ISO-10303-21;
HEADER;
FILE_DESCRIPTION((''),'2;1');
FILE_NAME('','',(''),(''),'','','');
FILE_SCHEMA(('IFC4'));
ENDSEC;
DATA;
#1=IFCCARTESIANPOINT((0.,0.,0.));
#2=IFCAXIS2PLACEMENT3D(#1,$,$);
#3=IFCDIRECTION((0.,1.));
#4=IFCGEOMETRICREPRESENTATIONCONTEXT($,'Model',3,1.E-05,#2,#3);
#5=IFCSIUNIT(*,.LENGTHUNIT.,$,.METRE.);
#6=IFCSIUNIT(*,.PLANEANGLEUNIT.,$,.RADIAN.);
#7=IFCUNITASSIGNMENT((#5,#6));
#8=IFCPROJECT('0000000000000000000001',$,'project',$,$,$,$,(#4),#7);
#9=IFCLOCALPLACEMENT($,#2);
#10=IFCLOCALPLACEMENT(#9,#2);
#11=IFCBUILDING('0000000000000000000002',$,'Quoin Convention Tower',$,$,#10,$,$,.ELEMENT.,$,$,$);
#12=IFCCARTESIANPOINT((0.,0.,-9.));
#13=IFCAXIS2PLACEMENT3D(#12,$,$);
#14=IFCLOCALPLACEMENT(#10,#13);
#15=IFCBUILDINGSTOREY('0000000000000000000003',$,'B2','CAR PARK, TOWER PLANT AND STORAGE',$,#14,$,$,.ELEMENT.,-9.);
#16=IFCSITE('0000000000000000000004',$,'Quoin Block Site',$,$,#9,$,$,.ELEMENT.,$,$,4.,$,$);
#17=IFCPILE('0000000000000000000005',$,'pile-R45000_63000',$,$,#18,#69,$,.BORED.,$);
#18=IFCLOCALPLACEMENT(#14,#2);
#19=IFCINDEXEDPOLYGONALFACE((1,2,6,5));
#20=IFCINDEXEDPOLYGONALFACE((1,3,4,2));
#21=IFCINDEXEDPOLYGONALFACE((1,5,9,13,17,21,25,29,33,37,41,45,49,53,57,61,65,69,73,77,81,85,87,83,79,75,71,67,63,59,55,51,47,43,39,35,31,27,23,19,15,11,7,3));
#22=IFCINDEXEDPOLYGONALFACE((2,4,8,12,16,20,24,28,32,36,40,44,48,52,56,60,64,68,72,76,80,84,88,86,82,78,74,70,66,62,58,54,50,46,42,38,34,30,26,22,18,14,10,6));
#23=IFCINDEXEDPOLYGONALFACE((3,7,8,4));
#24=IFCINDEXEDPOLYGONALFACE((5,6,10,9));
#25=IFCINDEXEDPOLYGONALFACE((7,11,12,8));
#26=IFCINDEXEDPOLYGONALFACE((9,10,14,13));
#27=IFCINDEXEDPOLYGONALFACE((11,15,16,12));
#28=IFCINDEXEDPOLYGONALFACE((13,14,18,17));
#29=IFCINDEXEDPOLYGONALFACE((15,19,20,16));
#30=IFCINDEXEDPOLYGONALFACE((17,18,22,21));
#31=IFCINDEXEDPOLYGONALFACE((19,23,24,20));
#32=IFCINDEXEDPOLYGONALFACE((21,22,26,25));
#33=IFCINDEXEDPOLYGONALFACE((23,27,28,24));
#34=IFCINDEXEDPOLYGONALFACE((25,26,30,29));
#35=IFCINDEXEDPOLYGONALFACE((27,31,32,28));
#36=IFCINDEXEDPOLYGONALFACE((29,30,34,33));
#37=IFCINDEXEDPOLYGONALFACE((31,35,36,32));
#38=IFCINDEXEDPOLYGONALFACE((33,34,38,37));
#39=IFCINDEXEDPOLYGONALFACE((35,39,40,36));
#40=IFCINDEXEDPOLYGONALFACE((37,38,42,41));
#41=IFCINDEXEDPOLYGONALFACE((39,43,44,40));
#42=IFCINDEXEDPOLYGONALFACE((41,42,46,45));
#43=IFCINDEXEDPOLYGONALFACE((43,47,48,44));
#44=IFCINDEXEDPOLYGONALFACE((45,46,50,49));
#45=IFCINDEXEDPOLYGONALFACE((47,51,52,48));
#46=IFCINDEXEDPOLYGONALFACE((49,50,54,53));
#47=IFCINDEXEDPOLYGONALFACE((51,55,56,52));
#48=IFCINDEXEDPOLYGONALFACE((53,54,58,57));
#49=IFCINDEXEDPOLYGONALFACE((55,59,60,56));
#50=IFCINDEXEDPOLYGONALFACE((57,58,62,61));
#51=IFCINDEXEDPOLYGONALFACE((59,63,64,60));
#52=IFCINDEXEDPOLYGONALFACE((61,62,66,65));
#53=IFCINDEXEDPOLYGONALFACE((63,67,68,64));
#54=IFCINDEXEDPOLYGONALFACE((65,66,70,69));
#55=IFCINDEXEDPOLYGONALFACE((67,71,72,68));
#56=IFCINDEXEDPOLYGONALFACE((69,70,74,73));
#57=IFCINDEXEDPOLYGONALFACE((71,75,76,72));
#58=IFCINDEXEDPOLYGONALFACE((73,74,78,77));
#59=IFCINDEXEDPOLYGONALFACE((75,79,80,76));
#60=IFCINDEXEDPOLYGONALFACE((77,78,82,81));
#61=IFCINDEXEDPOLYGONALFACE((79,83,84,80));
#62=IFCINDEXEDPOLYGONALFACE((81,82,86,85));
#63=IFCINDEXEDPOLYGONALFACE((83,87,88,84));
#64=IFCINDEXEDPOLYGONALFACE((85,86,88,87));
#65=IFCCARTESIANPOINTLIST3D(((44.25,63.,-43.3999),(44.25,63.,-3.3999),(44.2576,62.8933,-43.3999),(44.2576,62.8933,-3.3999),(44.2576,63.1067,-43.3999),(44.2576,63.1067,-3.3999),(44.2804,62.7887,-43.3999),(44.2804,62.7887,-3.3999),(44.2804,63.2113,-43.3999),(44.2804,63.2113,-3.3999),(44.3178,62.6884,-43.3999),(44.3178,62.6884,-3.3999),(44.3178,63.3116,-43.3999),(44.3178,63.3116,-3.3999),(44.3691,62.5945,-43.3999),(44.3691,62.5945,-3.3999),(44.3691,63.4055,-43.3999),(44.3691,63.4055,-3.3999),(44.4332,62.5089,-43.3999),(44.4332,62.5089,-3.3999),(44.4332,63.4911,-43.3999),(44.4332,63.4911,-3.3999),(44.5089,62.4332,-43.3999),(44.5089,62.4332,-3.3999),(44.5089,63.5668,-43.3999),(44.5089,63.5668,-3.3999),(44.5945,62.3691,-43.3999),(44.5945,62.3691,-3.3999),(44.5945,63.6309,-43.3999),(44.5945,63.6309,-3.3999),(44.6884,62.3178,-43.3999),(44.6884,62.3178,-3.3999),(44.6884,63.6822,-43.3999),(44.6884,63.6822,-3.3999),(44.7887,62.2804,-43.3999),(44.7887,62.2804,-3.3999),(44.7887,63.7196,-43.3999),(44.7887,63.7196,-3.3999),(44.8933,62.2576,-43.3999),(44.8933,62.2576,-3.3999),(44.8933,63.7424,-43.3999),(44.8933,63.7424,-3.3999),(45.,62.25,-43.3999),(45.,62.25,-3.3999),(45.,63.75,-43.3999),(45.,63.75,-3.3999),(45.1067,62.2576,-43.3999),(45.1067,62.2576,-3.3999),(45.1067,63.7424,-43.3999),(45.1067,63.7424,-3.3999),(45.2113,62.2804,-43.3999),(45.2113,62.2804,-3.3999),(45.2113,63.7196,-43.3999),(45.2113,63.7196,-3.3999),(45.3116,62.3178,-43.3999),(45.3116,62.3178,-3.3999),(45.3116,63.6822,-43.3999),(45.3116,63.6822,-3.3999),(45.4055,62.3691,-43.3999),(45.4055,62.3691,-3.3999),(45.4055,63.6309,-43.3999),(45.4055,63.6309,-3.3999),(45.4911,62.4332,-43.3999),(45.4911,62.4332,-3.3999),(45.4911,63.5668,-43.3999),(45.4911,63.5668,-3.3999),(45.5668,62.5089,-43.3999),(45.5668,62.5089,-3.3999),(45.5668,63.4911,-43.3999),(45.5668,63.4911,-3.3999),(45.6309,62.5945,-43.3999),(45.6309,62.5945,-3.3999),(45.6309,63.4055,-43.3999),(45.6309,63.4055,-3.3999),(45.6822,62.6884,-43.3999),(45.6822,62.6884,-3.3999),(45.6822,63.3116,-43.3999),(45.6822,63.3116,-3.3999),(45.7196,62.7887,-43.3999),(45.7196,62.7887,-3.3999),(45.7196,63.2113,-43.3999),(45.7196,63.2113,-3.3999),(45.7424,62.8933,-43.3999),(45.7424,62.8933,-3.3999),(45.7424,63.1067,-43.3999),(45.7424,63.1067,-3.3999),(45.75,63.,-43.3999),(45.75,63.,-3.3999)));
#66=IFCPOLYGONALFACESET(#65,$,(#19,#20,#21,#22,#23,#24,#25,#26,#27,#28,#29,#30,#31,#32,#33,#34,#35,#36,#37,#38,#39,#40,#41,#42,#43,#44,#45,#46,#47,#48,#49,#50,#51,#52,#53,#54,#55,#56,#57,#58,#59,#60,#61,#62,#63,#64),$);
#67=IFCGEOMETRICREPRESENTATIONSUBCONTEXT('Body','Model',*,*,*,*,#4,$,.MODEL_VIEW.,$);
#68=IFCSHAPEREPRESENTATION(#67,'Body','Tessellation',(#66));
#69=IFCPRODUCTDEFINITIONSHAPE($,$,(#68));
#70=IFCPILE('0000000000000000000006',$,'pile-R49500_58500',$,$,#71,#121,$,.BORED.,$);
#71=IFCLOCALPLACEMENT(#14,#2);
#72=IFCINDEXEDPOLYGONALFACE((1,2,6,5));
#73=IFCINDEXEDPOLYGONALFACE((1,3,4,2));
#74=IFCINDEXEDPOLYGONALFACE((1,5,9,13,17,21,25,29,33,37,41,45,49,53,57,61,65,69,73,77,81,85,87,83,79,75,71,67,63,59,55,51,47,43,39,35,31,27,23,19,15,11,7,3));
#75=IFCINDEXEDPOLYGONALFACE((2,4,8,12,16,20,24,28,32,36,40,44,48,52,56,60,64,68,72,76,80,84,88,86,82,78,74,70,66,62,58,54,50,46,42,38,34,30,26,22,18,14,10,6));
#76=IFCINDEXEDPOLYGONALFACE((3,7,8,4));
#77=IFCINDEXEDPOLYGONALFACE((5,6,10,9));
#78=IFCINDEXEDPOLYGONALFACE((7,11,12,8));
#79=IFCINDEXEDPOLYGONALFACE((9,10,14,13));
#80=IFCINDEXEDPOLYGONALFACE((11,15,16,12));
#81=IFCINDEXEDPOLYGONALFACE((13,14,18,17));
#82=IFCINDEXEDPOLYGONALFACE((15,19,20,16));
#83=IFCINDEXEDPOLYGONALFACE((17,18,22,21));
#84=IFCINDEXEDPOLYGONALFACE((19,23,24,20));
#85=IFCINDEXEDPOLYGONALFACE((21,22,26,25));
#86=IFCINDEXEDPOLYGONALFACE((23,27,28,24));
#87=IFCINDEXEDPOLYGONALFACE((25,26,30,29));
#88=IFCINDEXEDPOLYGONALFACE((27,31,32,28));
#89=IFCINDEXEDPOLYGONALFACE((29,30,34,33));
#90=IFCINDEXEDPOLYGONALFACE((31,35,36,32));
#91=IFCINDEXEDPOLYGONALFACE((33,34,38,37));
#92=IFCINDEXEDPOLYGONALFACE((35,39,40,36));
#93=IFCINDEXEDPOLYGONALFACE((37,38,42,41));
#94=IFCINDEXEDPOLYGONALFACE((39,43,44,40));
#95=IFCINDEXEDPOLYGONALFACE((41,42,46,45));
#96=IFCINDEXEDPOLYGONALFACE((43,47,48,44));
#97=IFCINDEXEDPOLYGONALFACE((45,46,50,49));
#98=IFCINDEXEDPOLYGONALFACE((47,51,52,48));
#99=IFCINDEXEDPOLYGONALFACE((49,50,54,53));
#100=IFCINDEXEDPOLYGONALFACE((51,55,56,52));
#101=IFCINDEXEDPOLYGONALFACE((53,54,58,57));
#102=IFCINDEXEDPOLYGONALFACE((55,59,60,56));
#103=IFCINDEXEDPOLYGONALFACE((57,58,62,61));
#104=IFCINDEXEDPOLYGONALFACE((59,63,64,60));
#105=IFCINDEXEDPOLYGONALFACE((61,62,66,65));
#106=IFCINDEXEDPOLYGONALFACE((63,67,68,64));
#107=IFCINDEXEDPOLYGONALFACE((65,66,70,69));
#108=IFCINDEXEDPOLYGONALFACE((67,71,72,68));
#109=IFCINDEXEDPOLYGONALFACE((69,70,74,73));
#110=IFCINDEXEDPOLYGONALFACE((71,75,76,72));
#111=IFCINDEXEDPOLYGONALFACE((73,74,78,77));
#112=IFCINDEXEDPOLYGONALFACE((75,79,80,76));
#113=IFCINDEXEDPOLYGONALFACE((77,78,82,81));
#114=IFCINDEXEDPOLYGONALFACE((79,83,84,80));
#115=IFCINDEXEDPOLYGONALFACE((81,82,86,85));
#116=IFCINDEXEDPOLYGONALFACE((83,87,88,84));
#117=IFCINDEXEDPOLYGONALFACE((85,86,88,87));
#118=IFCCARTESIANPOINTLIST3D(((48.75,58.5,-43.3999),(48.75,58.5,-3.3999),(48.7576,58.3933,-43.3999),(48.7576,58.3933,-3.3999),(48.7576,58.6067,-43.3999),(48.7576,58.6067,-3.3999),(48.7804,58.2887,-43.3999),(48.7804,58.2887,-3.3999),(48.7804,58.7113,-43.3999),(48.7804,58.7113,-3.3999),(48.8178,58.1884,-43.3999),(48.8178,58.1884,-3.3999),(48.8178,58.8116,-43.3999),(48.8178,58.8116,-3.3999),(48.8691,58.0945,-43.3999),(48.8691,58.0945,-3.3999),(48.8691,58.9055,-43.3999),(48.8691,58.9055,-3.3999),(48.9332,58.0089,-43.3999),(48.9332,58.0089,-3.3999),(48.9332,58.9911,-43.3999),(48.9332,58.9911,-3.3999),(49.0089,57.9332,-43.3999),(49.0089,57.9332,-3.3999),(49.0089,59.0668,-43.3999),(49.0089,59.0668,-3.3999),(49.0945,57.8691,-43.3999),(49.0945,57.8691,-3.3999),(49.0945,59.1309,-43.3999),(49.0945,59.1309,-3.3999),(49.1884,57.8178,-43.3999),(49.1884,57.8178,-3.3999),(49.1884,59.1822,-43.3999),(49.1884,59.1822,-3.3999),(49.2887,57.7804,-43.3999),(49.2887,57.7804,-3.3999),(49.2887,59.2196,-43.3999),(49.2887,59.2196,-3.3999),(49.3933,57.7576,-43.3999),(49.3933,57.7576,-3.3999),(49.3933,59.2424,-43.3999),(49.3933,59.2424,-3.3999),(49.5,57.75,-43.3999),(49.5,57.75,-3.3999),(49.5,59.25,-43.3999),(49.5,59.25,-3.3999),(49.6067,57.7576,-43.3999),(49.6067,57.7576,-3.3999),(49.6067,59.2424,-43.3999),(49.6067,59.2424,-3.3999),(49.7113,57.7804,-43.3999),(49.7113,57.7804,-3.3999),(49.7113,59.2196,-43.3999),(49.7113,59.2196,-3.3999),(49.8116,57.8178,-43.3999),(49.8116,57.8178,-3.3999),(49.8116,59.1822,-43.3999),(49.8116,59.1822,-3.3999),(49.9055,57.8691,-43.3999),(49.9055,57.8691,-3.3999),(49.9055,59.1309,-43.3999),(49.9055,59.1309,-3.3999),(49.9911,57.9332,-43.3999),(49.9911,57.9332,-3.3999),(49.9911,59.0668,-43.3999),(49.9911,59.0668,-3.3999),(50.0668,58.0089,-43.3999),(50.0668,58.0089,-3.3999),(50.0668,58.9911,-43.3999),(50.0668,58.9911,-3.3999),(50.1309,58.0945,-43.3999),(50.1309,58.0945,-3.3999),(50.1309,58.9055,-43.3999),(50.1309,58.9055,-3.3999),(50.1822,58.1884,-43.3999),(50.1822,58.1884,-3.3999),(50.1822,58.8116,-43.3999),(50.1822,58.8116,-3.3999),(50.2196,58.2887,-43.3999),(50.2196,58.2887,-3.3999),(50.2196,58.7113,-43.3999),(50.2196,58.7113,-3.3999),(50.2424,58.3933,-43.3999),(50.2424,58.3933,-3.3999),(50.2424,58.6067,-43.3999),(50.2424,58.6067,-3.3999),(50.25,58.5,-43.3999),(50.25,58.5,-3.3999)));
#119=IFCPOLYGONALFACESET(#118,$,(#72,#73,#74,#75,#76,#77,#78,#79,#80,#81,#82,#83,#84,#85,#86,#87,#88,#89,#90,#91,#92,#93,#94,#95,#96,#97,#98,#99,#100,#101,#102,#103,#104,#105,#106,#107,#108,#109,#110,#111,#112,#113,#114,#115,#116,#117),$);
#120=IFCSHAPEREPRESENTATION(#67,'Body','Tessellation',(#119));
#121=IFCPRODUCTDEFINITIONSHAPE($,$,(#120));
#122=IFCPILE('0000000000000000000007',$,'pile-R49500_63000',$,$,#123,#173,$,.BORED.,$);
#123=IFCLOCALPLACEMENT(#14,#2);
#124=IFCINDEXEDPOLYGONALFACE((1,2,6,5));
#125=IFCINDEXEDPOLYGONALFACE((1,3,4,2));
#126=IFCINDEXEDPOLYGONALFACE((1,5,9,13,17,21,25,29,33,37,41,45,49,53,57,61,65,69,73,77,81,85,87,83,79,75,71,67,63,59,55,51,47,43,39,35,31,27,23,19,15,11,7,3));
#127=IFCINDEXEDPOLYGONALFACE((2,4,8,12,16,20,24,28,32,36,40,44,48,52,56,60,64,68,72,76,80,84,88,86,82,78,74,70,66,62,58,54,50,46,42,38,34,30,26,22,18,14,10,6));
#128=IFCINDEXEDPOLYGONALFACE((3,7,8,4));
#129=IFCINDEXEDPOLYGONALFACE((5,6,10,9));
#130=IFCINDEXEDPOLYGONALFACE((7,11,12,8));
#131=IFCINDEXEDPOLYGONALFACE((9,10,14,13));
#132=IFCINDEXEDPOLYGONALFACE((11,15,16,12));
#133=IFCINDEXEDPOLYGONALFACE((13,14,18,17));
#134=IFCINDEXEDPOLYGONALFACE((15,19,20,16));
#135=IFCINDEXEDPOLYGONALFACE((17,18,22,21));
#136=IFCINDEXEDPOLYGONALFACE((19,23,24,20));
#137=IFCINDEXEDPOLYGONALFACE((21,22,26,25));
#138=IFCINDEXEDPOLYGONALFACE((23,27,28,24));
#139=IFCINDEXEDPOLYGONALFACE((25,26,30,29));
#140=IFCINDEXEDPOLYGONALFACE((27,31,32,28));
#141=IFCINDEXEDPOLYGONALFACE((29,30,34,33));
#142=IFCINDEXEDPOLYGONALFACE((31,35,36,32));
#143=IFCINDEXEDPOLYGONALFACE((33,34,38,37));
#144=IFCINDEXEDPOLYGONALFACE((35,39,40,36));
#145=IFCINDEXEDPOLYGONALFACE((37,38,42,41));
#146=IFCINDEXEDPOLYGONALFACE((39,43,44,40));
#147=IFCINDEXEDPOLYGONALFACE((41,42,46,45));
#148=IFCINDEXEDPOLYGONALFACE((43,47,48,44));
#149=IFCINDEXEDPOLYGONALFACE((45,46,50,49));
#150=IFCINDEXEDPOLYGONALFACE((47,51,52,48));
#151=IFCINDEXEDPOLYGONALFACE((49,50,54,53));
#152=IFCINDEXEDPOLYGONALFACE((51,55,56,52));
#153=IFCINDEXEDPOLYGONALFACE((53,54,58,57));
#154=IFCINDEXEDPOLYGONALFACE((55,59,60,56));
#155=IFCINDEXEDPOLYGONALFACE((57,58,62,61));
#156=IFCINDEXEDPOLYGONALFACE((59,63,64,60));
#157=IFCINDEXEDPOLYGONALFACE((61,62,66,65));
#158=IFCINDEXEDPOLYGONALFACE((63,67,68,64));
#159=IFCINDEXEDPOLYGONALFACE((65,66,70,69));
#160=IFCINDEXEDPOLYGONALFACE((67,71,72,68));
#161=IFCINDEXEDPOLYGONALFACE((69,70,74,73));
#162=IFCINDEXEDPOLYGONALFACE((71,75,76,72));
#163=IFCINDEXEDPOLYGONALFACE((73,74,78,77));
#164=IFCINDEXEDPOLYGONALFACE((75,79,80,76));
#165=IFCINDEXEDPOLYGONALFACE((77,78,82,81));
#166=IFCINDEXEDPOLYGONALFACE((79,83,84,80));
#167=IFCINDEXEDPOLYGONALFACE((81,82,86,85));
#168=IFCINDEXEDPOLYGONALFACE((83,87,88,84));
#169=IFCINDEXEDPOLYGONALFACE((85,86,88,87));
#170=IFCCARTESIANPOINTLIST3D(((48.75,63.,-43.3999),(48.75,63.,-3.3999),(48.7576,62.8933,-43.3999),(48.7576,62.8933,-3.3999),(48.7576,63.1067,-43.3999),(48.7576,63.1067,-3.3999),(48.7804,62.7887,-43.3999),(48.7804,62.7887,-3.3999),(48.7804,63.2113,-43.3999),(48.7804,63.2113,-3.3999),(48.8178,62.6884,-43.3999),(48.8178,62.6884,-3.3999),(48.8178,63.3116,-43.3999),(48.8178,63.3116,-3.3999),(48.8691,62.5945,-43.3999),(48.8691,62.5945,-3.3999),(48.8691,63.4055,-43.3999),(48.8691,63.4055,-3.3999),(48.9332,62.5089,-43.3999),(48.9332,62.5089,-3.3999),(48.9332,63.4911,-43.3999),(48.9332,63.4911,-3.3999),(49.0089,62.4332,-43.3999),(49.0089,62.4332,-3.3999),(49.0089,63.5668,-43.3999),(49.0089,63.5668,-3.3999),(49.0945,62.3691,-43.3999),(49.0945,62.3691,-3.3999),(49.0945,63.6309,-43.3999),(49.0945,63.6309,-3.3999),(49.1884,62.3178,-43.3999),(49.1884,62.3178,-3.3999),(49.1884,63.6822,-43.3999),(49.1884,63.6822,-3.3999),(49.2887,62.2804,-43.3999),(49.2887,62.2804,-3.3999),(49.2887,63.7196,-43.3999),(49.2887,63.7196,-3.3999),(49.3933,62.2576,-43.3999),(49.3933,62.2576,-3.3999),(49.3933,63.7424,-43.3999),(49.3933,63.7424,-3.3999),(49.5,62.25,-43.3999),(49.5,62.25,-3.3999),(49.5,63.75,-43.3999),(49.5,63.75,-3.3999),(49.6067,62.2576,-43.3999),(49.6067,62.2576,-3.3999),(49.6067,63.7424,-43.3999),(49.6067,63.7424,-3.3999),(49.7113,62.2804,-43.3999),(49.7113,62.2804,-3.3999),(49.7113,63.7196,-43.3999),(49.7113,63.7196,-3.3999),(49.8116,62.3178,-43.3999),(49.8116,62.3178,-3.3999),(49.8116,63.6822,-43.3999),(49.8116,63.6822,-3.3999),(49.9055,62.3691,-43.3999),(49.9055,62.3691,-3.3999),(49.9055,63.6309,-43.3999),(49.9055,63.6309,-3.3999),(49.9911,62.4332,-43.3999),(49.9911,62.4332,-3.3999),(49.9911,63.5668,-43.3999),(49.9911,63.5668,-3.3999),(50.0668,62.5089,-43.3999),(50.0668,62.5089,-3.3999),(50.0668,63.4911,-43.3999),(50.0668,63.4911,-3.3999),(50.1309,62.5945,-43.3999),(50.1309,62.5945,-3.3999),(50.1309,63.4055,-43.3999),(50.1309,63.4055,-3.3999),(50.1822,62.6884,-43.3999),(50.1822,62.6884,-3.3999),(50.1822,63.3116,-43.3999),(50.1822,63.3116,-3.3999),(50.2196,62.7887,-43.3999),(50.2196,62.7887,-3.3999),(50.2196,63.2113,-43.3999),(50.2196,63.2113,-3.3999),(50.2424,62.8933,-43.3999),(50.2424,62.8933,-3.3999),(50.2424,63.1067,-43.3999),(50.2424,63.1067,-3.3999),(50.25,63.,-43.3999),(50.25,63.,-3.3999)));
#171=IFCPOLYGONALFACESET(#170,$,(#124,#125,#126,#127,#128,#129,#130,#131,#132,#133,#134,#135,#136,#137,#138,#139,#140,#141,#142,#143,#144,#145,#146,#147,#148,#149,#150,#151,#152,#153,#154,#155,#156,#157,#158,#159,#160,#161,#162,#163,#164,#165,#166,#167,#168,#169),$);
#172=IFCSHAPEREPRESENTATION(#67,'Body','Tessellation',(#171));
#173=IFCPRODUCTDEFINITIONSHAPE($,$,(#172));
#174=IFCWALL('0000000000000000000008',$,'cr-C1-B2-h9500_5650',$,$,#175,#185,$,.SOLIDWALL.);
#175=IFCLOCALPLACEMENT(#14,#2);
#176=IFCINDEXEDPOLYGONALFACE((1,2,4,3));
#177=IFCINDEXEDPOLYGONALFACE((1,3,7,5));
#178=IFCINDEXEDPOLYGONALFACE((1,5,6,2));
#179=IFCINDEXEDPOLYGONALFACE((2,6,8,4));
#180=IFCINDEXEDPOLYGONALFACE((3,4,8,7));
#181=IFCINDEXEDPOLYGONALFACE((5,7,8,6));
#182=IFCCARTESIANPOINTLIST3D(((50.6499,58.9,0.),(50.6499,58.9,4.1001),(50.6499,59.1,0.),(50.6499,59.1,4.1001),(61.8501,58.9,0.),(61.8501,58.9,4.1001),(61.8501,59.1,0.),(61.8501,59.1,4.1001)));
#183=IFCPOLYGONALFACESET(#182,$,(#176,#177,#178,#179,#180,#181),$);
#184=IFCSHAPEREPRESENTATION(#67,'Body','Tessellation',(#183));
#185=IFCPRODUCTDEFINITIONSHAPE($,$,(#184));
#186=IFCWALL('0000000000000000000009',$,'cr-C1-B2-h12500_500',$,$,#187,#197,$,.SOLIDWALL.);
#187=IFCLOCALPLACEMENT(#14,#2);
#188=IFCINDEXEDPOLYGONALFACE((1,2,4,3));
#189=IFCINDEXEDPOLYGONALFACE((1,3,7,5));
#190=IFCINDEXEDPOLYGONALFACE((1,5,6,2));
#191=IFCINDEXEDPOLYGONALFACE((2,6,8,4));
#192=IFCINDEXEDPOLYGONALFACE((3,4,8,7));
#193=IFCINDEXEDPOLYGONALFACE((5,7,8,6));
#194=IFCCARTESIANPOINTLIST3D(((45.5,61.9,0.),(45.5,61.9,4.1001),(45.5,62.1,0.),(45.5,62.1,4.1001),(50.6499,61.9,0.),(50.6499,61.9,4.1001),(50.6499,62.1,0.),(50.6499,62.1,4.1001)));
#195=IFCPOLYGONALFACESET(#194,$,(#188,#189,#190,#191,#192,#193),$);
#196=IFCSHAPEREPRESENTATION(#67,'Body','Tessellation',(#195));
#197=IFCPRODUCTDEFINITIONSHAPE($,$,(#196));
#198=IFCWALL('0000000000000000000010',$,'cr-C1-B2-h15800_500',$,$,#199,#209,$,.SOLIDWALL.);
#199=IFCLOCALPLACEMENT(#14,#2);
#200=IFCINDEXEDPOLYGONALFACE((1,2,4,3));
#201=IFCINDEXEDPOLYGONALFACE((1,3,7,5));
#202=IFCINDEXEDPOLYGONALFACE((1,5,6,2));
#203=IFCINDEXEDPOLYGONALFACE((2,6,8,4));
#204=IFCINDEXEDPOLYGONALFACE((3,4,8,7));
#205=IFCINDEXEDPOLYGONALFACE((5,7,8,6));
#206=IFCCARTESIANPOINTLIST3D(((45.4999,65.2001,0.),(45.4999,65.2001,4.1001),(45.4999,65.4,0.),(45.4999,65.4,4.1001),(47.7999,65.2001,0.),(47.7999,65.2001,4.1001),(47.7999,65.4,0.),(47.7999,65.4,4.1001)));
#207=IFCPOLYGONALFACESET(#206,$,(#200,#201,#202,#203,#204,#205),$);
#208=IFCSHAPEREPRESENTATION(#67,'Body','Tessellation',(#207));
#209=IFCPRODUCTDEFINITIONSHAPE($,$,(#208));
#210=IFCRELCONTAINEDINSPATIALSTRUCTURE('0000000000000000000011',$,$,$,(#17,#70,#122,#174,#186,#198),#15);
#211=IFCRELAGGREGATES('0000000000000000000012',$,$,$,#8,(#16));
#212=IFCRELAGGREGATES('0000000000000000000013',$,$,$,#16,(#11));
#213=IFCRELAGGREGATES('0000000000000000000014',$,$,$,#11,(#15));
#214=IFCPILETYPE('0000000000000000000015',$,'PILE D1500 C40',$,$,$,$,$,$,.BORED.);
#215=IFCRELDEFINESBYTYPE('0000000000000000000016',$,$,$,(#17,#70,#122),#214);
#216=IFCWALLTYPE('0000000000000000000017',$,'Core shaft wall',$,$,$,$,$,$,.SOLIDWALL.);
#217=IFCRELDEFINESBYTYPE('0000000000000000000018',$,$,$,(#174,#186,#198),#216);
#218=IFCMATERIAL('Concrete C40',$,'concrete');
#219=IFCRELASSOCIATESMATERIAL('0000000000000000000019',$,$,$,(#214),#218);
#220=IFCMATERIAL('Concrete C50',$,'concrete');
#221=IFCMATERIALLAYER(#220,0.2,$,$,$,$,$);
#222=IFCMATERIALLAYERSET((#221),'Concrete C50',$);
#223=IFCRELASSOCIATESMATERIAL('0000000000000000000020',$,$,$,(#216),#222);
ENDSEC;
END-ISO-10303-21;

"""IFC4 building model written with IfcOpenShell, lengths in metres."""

from ifc_helpers import new_model, si_unit, direction, frame, frame_2d, origin, origin_2d, place, context, subcontext, project, spatial, rectangle, circle, extrude, material, layer, layer_set, material_profile, profile_set, type_object, element, save


model = new_model("IFC4")

# Units and contexts
model_context = context("Model", 3, precision=1e-05, world=origin(), true_north=direction((0.0, 1.0)))
body_context = subcontext(model_context, "Body", "Model", "MODEL_VIEW")
ifc_project = project(units=[si_unit("LENGTHUNIT", "METRE"), si_unit("PLANEANGLEUNIT", "RADIAN")], contexts=[model_context])

# Site, building, storey
site_placement = place(None, origin())
site = spatial("IfcSite", under=ifc_project, at=site_placement, Name="Quoin Block Site", CompositionType="ELEMENT", RefElevation=4.0)
building_placement = place(site_placement, origin())
building = spatial("IfcBuilding", under=site, at=building_placement, Name="Quoin Convention Tower", CompositionType="ELEMENT")
storey_placement = place(building_placement, frame((0.0, 0.0, -9.0)))
storey = spatial("IfcBuildingStorey", under=building, at=storey_placement, Name="B2", Description="CAR PARK, TOWER PLANT AND STORAGE", CompositionType="ELEMENT", Elevation=-9.0)

# Piles
ifc_material_1 = material(Name="Concrete C40", Category="concrete")
ifc_material_profile = material_profile(ifc_material_1, circle(Radius=0.75, at=origin_2d()), Name="D1500")
ifc_profile_set = profile_set([ifc_material_profile], Name="Concrete C40")
pile_type = type_object("IfcPileType", Name="PILE D1500 C40", PredefinedType="BORED", material=ifc_profile_set)
for number, where, z_axis, x_axis, name in (
    (1, (45.0, 63.0, -3.3999), (0.0, 0.0, -1.0), (1.0, 0.0, 0.0), "pile-R45000_63000"),
    (2, (49.5, 58.5, -3.3999), (0.0, 0.0, -1.0), (1.0, 0.0, 0.0), "pile-R49500_58500"),
    (3, (49.5, 63.0, -3.3999), (0.0, 0.0, -1.0), (1.0, 0.0, 0.0), "pile-R49500_63000"),
):
    element("IfcPile", number, at=place(storey_placement, frame(where, z_axis=z_axis, x_axis=x_axis)), inside=storey, type_object=pile_type, Name=name, PredefinedType="BORED", context=body_context, shape_type="SweptSolid", body=[
        extrude(circle(Radius=0.75, at=origin_2d()), origin(), (0.0, 0.0, 1.0), 40.0),
    ])

# Walls
ifc_material_2 = material(Name="Concrete C50", Category="concrete")
ifc_layer = layer(ifc_material_2, 0.2)
ifc_layer_set = layer_set([ifc_layer], Name="Concrete C50")
wall_type = type_object("IfcWallType", Name="Core shaft wall", PredefinedType="SOLIDWALL", material=ifc_layer_set)
wall_1_placement = place(storey_placement, frame((50.6499, 59.0, 0.0), z_axis=(0.0, 0.0, 1.0), x_axis=(1.0, 0.0, 0.0)))
element("IfcWall", 4, at=wall_1_placement, inside=storey, type_object=wall_type, Name="cr-C1-B2-h9500_5650", PredefinedType="SOLIDWALL", context=body_context, shape_type="SweptSolid", body=[
    extrude(rectangle(XDim=11.2002, YDim=0.2, at=frame_2d((5.6001, 0.0))), origin(), (0.0, 0.0, 1.0), 4.1001),
])
wall_2_placement = place(storey_placement, frame((45.5, 62.0, 0.0), z_axis=(0.0, 0.0, 1.0), x_axis=(1.0, 0.0, 0.0)))
element("IfcWall", 5, at=wall_2_placement, inside=storey, type_object=wall_type, Name="cr-C1-B2-h12500_500", PredefinedType="SOLIDWALL", context=body_context, shape_type="SweptSolid", body=[
    extrude(rectangle(XDim=5.1499, YDim=0.2, at=frame_2d((2.575, 0.0))), origin(), (0.0, 0.0, 1.0), 4.1001),
])
wall_3_placement = place(storey_placement, frame((45.5, 65.3, 0.0), z_axis=(0.0, 0.0, 1.0), x_axis=(1.0, 0.0, 0.0)))
element("IfcWall", 6, at=wall_3_placement, inside=storey, type_object=wall_type, Name="cr-C1-B2-h15800_500", PredefinedType="SOLIDWALL", context=body_context, shape_type="SweptSolid", body=[
    extrude(rectangle(XDim=2.3, YDim=0.2, at=frame_2d((1.1499, 0.0))), origin(), (0.0, 0.0, 1.0), 4.1001),
])

save(model, "model.ifc")
